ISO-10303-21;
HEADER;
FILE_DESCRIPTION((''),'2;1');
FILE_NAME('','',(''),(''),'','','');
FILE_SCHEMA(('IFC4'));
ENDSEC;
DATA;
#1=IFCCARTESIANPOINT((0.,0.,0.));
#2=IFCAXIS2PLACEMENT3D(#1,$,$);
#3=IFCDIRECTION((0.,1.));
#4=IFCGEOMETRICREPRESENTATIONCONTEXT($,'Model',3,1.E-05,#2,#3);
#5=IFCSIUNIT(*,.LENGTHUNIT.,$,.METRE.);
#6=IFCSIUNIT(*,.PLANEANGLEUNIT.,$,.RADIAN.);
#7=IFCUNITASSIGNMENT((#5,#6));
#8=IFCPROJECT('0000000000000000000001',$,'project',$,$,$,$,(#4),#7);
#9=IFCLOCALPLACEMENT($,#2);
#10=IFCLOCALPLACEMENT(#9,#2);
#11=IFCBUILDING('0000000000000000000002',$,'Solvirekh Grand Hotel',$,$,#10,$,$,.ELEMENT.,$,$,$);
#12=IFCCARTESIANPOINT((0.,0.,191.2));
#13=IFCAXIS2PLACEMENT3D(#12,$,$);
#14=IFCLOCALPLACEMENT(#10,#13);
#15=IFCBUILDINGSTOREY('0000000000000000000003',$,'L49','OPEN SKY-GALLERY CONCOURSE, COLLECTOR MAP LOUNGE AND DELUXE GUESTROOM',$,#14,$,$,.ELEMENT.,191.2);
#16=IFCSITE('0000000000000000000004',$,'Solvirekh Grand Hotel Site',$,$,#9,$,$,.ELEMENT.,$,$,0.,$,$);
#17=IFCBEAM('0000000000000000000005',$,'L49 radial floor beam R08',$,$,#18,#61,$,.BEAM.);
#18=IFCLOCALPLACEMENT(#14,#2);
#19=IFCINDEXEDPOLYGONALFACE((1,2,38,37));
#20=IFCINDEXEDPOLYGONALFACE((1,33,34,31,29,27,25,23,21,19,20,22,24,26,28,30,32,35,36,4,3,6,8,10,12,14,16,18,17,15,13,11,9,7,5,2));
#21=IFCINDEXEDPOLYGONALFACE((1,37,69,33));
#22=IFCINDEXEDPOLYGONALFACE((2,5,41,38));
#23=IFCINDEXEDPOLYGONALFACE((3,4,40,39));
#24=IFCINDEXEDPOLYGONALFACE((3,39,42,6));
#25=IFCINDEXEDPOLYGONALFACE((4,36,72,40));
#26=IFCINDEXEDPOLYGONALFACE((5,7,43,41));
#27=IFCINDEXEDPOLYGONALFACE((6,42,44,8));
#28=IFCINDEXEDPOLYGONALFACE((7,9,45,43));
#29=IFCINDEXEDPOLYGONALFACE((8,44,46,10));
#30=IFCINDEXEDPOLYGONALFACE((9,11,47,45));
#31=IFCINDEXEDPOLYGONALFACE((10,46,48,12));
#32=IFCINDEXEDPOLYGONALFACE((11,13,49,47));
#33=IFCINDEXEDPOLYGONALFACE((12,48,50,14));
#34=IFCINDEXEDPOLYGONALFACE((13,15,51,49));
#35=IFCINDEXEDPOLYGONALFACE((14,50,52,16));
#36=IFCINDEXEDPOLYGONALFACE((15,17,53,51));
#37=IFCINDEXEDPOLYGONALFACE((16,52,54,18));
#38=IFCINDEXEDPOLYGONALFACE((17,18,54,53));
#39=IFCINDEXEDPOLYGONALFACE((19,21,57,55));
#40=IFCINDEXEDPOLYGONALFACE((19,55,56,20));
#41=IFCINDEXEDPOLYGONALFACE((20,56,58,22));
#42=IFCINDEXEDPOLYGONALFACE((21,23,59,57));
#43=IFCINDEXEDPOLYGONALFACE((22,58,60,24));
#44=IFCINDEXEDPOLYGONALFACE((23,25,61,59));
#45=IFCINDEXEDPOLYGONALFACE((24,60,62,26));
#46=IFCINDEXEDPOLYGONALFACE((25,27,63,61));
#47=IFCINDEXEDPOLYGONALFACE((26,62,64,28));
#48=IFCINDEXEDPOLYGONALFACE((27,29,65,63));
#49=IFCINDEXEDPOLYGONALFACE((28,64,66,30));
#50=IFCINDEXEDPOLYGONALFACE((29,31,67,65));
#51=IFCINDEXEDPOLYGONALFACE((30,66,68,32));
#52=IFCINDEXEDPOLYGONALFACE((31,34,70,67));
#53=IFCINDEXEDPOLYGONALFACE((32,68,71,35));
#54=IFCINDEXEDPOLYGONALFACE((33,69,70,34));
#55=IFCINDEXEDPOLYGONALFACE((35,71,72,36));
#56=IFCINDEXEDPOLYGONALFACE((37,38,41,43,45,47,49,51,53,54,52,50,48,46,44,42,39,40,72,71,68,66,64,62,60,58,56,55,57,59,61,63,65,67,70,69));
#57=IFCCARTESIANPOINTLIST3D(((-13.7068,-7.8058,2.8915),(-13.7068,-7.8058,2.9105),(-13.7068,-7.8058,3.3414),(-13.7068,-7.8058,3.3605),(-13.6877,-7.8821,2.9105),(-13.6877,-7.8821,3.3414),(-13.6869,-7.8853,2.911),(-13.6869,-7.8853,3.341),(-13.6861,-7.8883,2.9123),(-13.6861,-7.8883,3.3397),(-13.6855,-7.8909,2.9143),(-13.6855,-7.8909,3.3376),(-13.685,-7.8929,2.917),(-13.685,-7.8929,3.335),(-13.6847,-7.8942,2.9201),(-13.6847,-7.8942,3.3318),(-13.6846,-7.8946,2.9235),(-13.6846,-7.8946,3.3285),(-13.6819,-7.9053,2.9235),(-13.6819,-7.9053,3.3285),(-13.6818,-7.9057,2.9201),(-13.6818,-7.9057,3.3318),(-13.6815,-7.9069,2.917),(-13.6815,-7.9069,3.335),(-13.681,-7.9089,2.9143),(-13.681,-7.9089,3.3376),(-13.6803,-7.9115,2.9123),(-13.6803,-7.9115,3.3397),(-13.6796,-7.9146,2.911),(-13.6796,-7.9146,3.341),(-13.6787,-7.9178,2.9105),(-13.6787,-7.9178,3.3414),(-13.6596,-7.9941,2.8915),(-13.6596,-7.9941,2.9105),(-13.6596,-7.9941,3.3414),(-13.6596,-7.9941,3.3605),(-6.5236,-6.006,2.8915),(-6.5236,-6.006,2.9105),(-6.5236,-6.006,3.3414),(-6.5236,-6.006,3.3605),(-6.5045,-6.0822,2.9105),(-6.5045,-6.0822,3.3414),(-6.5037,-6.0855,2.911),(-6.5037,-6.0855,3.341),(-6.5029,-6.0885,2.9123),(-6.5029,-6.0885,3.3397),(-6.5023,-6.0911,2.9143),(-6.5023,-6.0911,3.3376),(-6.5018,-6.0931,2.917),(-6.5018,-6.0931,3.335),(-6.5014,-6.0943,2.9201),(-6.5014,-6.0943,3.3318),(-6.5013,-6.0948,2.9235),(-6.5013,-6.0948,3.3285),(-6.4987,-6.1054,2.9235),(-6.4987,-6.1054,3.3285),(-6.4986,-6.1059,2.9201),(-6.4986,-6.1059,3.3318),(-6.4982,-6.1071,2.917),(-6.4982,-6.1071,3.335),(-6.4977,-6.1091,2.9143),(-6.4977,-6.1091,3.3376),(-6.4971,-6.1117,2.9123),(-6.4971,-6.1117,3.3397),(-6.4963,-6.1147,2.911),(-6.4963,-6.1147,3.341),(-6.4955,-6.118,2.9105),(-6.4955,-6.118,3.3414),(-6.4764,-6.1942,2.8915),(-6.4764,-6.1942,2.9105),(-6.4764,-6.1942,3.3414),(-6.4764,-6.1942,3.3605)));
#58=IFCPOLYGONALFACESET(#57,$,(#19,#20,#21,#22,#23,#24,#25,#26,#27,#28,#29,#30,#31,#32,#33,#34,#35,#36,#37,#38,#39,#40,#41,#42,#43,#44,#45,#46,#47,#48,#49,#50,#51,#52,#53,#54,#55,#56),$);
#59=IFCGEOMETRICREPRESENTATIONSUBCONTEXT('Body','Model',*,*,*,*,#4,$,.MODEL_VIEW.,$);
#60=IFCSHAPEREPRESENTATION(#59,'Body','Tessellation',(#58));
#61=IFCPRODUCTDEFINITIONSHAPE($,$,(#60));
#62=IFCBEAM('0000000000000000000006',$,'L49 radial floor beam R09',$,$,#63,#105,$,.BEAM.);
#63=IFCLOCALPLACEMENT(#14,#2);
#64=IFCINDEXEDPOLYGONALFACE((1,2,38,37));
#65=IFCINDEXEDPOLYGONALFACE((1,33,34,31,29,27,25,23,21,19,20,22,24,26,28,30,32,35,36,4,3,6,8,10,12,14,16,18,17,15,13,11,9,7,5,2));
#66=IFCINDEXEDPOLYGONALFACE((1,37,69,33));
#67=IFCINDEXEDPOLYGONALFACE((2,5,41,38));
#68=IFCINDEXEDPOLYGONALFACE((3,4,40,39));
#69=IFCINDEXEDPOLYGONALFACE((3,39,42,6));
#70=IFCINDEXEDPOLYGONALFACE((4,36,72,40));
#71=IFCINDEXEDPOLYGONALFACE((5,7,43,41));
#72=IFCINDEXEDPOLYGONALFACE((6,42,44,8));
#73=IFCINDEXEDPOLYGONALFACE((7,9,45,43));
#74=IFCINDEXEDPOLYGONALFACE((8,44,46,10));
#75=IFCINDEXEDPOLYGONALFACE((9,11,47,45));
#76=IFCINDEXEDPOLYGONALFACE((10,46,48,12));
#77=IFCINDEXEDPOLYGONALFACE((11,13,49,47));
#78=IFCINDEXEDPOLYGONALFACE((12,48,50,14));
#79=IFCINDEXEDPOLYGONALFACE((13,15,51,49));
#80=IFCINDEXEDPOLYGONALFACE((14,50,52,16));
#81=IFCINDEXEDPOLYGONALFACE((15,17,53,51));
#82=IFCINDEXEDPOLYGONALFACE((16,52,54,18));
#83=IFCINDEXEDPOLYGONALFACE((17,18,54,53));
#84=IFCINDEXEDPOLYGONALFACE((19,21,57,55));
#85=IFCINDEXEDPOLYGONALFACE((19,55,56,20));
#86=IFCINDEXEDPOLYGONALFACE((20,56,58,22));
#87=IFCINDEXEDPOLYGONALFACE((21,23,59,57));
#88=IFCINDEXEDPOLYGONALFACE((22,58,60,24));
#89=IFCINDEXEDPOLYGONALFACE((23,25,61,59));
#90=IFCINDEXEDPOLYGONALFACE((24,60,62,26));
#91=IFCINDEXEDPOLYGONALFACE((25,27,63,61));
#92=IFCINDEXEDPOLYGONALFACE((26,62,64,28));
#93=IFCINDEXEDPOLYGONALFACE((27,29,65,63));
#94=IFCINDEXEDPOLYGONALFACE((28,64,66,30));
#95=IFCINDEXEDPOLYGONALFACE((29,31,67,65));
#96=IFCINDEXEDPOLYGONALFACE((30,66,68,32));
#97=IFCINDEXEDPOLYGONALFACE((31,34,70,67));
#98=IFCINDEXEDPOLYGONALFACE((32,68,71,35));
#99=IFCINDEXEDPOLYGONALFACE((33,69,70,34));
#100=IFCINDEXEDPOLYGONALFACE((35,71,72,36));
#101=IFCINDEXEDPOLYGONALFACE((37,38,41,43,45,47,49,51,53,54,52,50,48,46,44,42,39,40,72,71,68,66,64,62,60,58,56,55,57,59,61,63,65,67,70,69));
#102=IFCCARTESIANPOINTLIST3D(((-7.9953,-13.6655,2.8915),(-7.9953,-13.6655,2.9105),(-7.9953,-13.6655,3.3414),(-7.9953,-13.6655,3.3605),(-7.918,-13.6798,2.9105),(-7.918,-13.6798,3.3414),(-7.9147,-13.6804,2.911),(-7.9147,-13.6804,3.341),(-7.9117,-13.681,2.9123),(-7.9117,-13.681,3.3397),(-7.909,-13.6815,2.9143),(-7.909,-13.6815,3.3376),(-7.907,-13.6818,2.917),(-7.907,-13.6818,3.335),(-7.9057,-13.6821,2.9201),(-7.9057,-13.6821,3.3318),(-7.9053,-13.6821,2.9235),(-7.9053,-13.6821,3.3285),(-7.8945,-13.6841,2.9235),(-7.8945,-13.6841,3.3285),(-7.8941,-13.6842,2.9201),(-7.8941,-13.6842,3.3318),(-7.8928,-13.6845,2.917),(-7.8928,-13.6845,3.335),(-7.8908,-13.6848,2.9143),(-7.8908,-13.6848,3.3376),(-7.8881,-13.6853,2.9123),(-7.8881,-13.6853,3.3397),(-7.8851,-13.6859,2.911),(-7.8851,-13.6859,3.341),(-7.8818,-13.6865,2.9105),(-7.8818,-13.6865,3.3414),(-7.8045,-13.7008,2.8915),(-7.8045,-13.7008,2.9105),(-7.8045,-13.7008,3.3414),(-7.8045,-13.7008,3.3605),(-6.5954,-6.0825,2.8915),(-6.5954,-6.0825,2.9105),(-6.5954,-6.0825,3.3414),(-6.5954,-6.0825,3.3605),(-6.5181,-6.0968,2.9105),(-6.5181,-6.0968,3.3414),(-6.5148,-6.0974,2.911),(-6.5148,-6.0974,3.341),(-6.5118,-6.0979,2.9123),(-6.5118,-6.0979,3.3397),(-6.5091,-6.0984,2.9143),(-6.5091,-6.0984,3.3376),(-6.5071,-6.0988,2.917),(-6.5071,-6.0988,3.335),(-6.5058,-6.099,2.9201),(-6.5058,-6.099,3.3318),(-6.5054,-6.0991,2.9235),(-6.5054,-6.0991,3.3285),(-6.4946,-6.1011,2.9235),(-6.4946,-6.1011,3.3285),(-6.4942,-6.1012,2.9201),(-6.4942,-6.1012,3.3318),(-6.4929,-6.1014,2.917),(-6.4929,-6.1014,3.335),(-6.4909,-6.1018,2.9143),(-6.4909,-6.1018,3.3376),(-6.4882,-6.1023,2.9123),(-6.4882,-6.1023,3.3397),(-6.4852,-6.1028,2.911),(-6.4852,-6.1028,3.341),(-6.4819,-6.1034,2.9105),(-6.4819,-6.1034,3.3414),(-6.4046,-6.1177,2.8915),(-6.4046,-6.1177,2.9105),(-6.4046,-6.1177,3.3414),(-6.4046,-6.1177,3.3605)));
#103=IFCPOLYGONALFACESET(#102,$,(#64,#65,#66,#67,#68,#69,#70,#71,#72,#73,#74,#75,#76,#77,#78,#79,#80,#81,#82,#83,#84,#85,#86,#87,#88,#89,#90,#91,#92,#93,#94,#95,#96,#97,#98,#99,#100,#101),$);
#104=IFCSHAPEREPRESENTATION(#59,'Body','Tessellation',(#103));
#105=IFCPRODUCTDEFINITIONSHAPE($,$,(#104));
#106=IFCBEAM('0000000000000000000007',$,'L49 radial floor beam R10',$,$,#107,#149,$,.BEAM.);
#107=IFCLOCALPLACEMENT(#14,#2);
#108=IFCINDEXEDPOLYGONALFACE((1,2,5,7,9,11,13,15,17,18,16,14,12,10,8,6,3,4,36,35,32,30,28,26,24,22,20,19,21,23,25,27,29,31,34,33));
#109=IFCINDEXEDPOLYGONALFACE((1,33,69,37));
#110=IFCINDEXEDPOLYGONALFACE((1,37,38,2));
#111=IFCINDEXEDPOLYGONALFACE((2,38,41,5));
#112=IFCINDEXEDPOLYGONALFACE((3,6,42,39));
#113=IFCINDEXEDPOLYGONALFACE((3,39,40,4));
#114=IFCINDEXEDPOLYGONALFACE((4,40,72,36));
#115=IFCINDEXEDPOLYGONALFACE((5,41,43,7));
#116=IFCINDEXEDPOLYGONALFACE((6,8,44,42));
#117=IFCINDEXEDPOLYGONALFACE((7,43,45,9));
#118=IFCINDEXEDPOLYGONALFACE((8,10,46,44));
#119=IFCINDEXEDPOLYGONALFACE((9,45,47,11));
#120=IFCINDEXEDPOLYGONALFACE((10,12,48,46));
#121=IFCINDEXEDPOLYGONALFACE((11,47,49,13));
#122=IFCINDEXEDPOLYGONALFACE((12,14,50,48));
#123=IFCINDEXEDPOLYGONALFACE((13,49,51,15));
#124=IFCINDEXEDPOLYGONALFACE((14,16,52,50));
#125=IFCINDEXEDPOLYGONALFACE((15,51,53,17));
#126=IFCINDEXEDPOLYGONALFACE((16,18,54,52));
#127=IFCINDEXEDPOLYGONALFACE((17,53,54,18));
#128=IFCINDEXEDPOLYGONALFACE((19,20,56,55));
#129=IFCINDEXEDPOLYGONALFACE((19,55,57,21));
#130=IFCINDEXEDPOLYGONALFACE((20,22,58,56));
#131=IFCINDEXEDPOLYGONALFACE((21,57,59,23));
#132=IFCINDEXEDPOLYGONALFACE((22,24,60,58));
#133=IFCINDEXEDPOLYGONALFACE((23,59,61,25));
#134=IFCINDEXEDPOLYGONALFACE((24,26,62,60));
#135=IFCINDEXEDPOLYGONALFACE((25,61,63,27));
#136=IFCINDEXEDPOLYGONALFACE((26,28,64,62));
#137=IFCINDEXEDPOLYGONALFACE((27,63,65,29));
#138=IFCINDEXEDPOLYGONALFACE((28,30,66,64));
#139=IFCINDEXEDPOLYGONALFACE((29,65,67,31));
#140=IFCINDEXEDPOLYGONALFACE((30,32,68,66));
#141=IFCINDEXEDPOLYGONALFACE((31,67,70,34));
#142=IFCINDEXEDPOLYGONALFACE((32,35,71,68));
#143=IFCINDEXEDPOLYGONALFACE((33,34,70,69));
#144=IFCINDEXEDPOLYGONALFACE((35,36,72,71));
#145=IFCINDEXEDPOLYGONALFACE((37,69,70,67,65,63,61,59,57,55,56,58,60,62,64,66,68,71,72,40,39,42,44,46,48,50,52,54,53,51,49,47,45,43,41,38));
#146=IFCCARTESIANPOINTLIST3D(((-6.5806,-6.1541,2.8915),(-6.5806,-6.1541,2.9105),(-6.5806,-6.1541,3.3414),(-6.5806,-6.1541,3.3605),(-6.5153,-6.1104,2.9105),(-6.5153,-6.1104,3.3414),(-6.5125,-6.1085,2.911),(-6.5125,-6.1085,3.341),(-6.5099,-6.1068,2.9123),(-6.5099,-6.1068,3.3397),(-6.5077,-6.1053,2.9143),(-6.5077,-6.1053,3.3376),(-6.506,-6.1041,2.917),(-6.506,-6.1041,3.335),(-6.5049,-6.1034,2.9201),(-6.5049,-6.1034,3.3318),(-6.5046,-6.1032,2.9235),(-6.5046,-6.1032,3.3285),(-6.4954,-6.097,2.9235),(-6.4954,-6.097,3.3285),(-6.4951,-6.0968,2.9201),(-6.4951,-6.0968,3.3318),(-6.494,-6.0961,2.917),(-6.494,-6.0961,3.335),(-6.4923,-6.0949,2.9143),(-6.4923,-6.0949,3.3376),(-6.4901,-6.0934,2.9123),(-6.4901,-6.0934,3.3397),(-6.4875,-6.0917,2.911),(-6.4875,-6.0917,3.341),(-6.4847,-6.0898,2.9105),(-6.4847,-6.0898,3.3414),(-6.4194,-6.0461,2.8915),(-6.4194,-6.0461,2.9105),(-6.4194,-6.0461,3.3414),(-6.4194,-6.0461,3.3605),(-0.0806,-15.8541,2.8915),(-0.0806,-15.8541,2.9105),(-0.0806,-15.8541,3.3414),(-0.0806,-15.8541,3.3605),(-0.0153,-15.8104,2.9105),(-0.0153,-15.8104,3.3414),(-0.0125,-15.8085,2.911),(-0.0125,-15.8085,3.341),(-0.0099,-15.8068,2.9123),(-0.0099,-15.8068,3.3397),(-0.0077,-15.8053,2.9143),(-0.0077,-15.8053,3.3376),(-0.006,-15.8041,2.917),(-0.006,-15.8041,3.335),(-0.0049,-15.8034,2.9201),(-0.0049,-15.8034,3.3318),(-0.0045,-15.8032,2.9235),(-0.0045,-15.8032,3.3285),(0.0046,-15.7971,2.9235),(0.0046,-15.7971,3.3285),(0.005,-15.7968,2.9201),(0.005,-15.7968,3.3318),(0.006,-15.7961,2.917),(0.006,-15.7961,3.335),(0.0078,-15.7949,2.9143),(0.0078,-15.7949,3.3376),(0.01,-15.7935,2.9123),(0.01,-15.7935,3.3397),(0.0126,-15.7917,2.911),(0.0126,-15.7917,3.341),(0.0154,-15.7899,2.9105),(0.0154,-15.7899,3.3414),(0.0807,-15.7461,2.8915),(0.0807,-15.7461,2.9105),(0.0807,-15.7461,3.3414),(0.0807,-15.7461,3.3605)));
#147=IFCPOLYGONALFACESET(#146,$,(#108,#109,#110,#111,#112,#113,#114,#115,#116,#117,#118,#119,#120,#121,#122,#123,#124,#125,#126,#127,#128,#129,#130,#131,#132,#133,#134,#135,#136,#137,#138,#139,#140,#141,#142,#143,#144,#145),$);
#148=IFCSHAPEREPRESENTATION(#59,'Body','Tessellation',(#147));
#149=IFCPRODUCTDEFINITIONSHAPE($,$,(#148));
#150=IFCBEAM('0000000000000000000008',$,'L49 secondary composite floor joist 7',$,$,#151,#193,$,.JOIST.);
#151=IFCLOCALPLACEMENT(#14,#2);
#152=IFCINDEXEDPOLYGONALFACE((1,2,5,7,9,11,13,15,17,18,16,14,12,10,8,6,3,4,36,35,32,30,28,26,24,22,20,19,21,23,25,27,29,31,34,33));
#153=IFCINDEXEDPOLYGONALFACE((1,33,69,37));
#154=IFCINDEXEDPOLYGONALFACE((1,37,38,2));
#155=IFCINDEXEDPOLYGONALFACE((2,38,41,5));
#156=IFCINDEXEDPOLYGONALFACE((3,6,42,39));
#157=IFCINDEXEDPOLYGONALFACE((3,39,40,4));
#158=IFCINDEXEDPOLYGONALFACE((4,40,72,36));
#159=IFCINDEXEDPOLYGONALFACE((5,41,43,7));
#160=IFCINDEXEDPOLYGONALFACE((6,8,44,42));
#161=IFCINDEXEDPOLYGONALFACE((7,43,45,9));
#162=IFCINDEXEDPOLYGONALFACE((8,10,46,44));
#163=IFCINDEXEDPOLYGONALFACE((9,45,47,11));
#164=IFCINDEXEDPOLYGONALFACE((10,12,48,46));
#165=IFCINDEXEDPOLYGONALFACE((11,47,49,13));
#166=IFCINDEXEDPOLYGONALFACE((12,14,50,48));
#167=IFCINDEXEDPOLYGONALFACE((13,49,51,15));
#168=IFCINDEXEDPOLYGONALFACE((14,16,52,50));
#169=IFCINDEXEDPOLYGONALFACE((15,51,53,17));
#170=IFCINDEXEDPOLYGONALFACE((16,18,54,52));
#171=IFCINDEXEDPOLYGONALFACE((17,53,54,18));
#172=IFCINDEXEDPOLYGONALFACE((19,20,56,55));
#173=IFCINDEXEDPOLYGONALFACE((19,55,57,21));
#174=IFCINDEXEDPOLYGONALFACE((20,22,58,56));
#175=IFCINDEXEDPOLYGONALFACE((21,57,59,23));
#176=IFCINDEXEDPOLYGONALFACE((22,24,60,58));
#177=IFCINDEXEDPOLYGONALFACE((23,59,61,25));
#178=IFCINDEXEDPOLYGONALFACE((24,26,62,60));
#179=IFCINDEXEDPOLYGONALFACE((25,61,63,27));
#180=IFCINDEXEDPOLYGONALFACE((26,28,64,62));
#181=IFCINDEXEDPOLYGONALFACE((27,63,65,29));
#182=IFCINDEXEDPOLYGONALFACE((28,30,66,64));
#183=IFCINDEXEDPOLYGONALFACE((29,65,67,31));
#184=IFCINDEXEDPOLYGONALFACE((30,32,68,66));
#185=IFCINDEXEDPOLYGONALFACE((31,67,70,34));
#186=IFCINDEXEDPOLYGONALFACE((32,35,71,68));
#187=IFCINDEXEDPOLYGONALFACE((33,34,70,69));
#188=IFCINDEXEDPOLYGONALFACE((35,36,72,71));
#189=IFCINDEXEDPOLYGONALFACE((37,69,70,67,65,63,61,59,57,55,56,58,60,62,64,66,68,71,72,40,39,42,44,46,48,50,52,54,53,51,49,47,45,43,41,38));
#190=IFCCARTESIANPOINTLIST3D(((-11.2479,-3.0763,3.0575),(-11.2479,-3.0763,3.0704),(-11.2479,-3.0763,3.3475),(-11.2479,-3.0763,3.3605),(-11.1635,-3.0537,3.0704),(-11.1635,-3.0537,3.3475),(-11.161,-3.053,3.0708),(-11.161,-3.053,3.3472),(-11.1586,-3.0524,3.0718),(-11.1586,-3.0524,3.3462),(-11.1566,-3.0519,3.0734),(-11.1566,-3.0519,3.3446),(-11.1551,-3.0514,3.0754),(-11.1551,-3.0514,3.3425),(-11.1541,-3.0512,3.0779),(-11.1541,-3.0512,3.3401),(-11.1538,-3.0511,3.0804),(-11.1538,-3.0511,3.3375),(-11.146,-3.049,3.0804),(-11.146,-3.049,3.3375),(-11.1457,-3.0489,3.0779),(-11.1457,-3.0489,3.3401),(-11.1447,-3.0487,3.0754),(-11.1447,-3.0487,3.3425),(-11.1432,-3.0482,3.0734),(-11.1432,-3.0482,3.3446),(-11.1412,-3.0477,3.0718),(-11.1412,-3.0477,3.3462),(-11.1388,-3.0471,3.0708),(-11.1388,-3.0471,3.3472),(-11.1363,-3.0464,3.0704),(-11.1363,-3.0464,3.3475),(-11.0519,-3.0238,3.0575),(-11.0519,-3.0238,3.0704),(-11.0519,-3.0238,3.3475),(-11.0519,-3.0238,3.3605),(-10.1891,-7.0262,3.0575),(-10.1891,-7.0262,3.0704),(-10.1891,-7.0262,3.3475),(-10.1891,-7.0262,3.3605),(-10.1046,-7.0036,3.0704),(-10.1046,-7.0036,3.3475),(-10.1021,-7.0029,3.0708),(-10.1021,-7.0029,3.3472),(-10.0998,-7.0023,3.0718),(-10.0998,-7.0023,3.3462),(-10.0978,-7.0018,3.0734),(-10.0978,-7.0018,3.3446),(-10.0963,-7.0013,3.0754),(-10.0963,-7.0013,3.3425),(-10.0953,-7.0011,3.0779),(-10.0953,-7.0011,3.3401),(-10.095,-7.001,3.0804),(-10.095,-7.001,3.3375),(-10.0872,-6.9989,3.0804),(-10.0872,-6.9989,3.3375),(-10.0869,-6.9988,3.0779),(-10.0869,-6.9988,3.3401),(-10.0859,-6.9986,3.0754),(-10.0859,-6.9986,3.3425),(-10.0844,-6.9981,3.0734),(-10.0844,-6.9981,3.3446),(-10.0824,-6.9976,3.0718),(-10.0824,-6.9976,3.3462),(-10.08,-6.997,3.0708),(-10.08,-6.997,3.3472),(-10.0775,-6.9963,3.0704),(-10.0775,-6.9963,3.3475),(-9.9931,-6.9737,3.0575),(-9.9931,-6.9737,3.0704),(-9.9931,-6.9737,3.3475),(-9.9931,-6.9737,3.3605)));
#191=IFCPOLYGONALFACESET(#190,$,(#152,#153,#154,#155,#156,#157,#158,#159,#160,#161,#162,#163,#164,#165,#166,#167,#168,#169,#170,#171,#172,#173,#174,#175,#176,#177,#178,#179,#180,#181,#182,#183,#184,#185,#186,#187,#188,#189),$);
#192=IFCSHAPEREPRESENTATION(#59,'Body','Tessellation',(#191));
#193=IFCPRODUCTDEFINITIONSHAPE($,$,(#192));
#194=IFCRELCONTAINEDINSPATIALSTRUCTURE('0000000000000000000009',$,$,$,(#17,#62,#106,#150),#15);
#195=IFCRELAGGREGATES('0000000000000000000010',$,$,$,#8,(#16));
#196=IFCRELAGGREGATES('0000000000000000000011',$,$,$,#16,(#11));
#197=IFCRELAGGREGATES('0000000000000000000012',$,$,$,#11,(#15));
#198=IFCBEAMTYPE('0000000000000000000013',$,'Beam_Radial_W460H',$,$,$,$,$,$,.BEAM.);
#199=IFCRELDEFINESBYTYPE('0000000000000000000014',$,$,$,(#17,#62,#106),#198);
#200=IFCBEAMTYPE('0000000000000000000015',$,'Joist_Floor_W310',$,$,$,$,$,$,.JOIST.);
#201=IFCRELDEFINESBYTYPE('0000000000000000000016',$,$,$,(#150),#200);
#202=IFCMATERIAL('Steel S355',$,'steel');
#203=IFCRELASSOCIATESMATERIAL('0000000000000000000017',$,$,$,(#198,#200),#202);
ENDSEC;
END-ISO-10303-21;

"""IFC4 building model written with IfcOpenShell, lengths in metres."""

from ifc_helpers import new_model, si_unit, direction, frame, origin, origin_2d, place, context, subcontext, project, spatial, i_section, extrude, material, material_profile, profile_set, type_object, element, save


model = new_model("IFC4")

# Units and contexts
model_context = context("Model", 3, precision=1e-05, world=origin(), true_north=direction((0.0, 1.0)))
body_context = subcontext(model_context, "Body", "Model", "MODEL_VIEW")
ifc_project = project(units=[si_unit("LENGTHUNIT", "METRE"), si_unit("PLANEANGLEUNIT", "RADIAN")], contexts=[model_context])

# Site, building, storey
site_placement = place(None, origin())
site = spatial("IfcSite", under=ifc_project, at=site_placement, Name="Solvirekh Grand Hotel Site", CompositionType="ELEMENT", RefElevation=0.0)
building_placement = place(site_placement, origin())
building = spatial("IfcBuilding", under=site, at=building_placement, Name="Solvirekh Grand Hotel", CompositionType="ELEMENT")
storey_placement = place(building_placement, frame((0.0, 0.0, 191.2)))
storey = spatial("IfcBuildingStorey", under=building, at=storey_placement, Name="L49", Description="OPEN SKY-GALLERY CONCOURSE, COLLECTOR MAP LOUNGE AND DELUXE GUESTROOM", CompositionType="ELEMENT", Elevation=191.2)

# Beams
ifc_material_1 = material(Name="Steel S355", Category="steel")
ifc_material_profile_1 = material_profile(ifc_material_1, i_section(OverallWidth=0.1941, OverallDepth=0.469, WebThickness=0.011, FlangeThickness=0.019, FilletRadius=0.0129, at=origin_2d()), Name="W460X106")
ifc_profile_set_1 = profile_set([ifc_material_profile_1], Name="Steel S355")
beam_type_1 = type_object("IfcBeamType", Name="Beam_Radial_W460H", PredefinedType="BEAM", material=ifc_profile_set_1)
beam_1_placement = place(storey_placement, frame((-6.5, -6.1001, 3.126), z_axis=(-0.970014, -0.243048, 0.0), x_axis=(0.243048, -0.970014, 0.0)))
element("IfcBeam", 1, at=beam_1_placement, inside=storey, type_object=beam_type_1, Name="L49 radial floor beam R08", PredefinedType="BEAM", context=body_context, shape_type="SweptSolid", body=[
    extrude(i_section(OverallWidth=0.1941, OverallDepth=0.469, WebThickness=0.011, FlangeThickness=0.019, FilletRadius=0.0129, at=origin_2d()), origin(), (0.0, 0.0, 1.0), 7.4053),
])
beam_2_placement = place(storey_placement, frame((-6.5, -6.1001, 3.126), z_axis=(-0.181543, -0.983383, 0.0), x_axis=(0.983383, -0.181543, 0.0)))
element("IfcBeam", 2, at=beam_2_placement, inside=storey, type_object=beam_type_1, Name="L49 radial floor beam R09", PredefinedType="BEAM", context=body_context, shape_type="SweptSolid", body=[
    extrude(i_section(OverallWidth=0.1941, OverallDepth=0.469, WebThickness=0.011, FlangeThickness=0.019, FilletRadius=0.0129, at=origin_2d()), origin(), (0.0, 0.0, 1.0), 7.7112),
])
beam_3_placement = place(storey_placement, frame((-6.5, -6.1001, 3.126), z_axis=(0.556677, -0.830729, 0.0), x_axis=(0.830729, 0.556677, 0.0)))
element("IfcBeam", 3, at=beam_3_placement, inside=storey, type_object=beam_type_1, Name="L49 radial floor beam R10", PredefinedType="BEAM", context=body_context, shape_type="SweptSolid", body=[
    extrude(i_section(OverallWidth=0.1941, OverallDepth=0.469, WebThickness=0.011, FlangeThickness=0.019, FilletRadius=0.0129, at=origin_2d()), origin(), (0.0, 0.0, 1.0), 11.6765),
])
ifc_material_profile_2 = material_profile(ifc_material_1, i_section(OverallWidth=0.2029, OverallDepth=0.303, WebThickness=0.0081, FlangeThickness=0.0129, FilletRadius=0.01, at=origin_2d()), Name="W310X60")
ifc_profile_set_2 = profile_set([ifc_material_profile_2], Name="Steel S355")
beam_type_2 = type_object("IfcBeamType", Name="Joist_Floor_W310", PredefinedType="JOIST", material=ifc_profile_set_2)
beam_4_placement = place(storey_placement, frame((-11.1499, -3.05, 3.209), z_axis=(0.258922, -0.965898, 0.0), x_axis=(0.965898, 0.258922, 0.0)))
element("IfcBeam", 4, at=beam_4_placement, inside=storey, type_object=beam_type_2, Name="L49 secondary composite floor joist 7", PredefinedType="JOIST", context=body_context, shape_type="SweptSolid", body=[
    extrude(i_section(OverallWidth=0.2029, OverallDepth=0.303, WebThickness=0.0081, FlangeThickness=0.0129, FilletRadius=0.01, at=origin_2d()), origin(), (0.0, 0.0, 1.0), 4.0894),
])

save(model, "model.ifc")
